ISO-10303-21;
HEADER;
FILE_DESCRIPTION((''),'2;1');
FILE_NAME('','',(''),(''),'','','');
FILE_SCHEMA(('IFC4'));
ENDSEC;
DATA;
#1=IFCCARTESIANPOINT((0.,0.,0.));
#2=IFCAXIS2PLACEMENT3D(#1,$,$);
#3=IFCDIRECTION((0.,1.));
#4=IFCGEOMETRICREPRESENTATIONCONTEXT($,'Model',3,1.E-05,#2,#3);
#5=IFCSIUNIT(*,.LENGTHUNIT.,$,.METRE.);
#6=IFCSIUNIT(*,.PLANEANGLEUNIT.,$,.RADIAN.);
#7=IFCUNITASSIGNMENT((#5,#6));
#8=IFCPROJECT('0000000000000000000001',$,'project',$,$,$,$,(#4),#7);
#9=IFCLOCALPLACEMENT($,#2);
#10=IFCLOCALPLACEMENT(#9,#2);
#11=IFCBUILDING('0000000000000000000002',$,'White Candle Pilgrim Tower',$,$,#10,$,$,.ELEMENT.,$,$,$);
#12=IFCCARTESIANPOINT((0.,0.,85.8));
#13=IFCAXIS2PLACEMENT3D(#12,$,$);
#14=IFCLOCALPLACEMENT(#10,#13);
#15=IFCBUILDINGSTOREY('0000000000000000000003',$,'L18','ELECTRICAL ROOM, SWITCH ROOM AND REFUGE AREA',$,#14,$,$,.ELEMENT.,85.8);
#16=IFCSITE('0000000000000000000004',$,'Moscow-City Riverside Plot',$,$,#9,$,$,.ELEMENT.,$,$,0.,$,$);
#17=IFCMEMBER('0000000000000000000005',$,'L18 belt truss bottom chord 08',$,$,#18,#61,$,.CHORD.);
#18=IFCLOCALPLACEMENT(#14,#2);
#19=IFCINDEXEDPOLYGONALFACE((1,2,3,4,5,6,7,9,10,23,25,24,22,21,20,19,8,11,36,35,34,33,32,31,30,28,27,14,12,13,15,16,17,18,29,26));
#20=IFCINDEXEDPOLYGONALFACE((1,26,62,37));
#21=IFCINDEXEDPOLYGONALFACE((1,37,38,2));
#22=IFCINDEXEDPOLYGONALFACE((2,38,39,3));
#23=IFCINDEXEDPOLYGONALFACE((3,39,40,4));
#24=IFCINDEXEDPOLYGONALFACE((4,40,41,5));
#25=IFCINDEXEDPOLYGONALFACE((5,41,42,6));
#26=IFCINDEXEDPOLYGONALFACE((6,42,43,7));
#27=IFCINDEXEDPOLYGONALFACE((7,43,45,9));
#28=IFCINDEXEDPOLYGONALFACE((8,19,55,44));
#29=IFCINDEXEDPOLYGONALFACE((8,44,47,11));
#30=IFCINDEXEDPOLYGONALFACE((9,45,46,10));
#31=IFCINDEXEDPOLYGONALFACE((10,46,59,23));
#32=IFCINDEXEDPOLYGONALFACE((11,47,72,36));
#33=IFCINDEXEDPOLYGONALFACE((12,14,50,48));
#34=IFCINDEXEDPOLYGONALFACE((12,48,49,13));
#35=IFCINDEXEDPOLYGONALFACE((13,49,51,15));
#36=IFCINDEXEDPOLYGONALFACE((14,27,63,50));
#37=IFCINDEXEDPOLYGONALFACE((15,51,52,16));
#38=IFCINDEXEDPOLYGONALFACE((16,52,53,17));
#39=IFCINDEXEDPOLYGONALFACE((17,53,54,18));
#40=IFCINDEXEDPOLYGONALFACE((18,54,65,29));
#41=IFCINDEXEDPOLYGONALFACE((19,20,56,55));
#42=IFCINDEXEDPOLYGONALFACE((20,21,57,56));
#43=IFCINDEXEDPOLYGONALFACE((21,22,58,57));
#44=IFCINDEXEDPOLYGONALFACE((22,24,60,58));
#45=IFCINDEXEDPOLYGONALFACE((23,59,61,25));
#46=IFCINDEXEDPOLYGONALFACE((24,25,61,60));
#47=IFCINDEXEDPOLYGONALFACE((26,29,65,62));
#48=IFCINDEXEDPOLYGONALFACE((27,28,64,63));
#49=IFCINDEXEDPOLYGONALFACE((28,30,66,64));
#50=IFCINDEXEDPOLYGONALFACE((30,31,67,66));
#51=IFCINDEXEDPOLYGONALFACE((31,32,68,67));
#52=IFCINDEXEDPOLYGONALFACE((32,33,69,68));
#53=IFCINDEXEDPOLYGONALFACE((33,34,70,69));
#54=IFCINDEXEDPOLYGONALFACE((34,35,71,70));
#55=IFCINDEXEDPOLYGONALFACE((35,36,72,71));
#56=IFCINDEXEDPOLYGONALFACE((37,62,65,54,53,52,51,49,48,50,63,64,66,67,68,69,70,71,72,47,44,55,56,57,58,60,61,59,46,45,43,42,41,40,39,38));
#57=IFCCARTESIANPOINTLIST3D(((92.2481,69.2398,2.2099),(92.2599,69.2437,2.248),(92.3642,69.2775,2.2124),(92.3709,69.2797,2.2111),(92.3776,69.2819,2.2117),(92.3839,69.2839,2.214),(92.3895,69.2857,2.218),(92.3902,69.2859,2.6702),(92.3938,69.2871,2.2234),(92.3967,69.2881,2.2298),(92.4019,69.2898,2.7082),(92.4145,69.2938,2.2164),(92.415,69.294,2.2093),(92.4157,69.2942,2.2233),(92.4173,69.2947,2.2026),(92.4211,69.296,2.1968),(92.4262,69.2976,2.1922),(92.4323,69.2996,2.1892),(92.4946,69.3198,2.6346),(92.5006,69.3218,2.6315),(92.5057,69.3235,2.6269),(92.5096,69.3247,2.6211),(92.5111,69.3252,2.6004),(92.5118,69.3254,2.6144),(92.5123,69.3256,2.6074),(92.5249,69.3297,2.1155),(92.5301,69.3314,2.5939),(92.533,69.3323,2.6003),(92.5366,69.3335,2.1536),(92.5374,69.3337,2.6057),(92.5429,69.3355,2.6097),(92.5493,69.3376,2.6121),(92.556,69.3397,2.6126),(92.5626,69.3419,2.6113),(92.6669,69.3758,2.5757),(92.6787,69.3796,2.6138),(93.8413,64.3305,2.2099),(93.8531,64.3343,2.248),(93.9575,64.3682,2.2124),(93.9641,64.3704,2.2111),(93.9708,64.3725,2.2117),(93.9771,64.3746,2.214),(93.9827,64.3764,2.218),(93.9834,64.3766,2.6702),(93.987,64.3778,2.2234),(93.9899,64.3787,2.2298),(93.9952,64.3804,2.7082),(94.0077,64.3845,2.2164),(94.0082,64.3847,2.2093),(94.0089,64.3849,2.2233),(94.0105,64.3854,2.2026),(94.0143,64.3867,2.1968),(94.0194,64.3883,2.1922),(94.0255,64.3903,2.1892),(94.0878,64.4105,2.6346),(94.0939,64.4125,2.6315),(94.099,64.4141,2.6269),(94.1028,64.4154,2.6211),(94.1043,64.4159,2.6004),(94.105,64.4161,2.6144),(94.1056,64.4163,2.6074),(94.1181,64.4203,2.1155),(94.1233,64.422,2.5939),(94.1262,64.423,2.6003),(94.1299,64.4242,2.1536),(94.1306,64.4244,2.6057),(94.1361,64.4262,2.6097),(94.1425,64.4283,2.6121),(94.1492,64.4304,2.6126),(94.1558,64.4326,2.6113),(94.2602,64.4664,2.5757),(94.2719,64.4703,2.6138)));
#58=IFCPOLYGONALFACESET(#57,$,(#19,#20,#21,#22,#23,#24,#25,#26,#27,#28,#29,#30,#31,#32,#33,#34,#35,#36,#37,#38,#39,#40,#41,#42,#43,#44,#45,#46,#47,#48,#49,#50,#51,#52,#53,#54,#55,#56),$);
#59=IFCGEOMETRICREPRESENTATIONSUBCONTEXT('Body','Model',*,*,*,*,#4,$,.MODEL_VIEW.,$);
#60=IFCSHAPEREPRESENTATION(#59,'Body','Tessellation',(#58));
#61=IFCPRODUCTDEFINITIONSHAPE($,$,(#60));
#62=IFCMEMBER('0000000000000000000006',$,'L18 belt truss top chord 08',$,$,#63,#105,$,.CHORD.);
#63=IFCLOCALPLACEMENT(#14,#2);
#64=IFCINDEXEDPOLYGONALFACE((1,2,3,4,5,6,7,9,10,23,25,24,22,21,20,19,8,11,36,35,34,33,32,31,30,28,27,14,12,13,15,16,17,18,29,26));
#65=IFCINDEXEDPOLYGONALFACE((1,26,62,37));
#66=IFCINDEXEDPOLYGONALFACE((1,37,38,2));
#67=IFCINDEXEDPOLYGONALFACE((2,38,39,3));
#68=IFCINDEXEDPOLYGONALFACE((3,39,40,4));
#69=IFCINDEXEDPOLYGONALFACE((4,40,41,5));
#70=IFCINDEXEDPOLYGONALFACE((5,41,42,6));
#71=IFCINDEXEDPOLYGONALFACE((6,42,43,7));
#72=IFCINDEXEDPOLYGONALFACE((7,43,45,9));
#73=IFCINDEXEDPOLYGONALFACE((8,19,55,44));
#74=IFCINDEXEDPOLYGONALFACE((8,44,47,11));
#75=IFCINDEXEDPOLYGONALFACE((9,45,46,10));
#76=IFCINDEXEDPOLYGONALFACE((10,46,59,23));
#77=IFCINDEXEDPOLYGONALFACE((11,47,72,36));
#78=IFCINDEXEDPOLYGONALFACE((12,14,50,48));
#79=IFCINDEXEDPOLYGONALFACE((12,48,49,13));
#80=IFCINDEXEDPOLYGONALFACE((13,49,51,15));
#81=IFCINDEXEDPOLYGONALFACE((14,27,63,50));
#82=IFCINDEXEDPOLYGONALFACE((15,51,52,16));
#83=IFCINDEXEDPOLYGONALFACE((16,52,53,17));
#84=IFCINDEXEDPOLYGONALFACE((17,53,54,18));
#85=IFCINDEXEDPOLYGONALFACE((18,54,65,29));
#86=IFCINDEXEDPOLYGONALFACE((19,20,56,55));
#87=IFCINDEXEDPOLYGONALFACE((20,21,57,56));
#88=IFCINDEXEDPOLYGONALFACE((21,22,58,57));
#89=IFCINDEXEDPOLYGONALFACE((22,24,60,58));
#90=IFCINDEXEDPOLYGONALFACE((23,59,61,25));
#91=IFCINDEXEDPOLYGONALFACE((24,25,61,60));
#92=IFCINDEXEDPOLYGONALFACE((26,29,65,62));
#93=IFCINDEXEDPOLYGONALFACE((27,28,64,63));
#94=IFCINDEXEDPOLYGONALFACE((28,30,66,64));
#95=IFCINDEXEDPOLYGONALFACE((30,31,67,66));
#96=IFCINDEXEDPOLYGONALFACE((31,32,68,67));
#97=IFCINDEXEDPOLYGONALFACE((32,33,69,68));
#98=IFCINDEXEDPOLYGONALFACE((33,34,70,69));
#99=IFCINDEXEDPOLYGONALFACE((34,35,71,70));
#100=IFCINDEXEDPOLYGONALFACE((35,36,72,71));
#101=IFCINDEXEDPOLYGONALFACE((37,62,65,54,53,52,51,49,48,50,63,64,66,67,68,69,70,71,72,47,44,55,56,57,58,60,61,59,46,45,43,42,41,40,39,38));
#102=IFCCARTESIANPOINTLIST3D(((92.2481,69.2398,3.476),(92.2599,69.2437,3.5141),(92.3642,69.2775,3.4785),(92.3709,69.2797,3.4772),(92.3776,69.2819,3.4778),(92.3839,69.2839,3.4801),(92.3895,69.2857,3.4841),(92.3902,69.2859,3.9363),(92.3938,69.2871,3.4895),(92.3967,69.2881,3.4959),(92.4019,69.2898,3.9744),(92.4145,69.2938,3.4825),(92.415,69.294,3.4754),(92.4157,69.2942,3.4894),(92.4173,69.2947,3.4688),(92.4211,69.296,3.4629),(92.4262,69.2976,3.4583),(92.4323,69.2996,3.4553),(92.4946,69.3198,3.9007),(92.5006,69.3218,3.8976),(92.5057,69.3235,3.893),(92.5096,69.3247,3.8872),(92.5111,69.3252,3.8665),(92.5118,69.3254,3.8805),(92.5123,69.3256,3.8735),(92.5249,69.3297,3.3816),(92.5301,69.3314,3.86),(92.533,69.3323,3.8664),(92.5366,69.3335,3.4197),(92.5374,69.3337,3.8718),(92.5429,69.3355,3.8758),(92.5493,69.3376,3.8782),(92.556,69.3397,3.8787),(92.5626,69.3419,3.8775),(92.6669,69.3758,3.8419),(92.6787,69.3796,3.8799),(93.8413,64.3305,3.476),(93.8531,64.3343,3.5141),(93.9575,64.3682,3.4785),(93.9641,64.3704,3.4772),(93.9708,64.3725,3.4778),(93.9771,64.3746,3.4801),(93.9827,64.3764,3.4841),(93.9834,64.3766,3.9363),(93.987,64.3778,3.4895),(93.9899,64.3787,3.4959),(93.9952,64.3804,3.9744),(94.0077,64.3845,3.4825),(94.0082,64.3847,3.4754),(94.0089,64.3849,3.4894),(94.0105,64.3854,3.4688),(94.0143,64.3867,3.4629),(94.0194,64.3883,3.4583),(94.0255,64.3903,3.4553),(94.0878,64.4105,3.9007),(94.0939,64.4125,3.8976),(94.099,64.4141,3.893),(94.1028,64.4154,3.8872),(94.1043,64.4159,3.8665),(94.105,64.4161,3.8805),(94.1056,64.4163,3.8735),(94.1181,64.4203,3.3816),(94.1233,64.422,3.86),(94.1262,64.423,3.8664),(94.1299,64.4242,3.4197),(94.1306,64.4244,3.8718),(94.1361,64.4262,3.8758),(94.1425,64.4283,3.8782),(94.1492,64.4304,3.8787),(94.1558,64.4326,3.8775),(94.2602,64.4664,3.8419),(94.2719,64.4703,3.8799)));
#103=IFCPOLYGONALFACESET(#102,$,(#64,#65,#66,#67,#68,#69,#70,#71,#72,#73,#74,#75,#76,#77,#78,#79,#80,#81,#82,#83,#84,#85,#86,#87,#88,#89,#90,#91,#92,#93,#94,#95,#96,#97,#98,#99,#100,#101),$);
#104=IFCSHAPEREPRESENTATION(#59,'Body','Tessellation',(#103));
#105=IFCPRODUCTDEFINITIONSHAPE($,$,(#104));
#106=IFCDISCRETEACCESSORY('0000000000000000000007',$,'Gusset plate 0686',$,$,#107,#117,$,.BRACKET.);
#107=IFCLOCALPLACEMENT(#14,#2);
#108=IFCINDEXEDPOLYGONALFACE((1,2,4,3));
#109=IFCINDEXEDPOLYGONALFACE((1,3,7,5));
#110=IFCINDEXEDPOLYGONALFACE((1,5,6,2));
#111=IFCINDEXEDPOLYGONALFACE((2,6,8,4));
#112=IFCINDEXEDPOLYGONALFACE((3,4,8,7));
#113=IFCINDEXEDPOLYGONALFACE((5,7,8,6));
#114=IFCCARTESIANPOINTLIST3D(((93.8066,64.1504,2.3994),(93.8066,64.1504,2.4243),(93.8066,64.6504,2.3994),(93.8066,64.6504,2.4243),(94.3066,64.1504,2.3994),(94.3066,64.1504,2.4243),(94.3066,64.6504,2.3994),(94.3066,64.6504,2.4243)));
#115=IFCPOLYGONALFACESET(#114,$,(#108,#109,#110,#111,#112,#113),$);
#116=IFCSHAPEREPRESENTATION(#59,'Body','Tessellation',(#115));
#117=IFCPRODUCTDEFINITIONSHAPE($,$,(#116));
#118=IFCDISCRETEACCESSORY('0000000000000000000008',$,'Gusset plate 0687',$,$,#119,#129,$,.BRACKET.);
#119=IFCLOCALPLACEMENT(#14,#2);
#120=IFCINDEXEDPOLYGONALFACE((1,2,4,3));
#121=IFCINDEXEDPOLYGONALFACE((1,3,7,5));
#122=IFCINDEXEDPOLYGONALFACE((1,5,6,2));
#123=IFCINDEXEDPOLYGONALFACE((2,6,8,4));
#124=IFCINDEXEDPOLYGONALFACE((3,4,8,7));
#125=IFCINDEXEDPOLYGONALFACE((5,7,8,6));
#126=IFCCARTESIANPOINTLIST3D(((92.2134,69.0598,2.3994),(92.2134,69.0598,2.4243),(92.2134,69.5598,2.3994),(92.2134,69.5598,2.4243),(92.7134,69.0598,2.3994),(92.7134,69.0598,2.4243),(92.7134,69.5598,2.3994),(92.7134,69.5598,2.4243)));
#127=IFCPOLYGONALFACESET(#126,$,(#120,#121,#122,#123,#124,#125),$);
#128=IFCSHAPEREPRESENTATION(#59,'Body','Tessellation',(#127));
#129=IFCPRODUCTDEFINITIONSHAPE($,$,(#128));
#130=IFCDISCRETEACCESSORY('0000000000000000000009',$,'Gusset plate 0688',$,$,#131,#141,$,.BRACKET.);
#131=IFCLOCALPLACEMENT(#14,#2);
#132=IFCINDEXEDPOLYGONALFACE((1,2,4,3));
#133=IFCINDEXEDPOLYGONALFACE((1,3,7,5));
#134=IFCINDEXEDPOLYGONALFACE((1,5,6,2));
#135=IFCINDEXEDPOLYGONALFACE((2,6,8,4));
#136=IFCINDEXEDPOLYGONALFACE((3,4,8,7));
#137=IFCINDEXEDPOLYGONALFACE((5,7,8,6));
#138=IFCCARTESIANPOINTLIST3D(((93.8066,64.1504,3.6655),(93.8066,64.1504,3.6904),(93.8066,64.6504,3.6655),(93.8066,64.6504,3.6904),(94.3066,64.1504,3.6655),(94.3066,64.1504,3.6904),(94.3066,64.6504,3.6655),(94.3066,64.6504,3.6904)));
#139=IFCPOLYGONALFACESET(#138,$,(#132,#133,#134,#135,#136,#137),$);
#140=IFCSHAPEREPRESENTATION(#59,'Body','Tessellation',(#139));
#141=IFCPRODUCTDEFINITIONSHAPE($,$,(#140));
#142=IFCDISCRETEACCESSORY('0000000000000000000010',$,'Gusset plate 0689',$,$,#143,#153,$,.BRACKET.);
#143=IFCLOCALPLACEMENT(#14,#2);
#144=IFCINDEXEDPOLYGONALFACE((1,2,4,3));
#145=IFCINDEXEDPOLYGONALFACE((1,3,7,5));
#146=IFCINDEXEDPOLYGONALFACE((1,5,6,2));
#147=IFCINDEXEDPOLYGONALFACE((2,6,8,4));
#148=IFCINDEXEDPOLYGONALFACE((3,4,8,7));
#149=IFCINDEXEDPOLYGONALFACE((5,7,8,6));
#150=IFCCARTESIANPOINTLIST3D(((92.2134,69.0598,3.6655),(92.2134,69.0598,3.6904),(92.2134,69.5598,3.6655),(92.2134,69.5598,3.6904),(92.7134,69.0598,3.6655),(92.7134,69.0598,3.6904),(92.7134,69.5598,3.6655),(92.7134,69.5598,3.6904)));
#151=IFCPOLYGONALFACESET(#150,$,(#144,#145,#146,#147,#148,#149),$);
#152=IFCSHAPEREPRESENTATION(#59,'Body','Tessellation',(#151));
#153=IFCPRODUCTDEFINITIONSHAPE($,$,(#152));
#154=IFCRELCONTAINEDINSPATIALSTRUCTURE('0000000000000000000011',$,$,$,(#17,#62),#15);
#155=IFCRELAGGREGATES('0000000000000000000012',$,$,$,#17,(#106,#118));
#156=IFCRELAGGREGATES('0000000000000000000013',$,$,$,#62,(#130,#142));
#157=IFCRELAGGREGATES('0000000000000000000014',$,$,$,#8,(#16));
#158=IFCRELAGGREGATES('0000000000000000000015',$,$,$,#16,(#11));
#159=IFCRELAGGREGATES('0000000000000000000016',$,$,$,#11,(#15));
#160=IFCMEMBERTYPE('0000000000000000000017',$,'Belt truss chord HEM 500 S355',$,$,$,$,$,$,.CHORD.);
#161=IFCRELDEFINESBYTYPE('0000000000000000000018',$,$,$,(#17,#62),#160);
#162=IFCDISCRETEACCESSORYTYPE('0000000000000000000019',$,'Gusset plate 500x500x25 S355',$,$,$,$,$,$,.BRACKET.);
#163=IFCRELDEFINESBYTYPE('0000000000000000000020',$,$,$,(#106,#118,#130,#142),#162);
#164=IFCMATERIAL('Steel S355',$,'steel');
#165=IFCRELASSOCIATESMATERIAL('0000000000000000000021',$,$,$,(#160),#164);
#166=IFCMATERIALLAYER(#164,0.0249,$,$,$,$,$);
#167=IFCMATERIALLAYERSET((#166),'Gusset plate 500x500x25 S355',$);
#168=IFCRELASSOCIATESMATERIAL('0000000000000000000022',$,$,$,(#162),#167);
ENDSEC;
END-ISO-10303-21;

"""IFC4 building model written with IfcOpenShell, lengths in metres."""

from ifc_helpers import new_model, si_unit, direction, frame, origin, origin_2d, place, context, subcontext, project, spatial, rectangle, i_section, extrude, material, layer, layer_set, material_profile, profile_set, type_object, element, aggregate, save


model = new_model("IFC4")

# Units and contexts
model_context = context("Model", 3, precision=1e-05, world=origin(), true_north=direction((0.0, 1.0)))
body_context = subcontext(model_context, "Body", "Model", "MODEL_VIEW")
ifc_project = project(units=[si_unit("LENGTHUNIT", "METRE"), si_unit("PLANEANGLEUNIT", "RADIAN")], contexts=[model_context])

# Site, building, storey
site_placement = place(None, origin())
site = spatial("IfcSite", under=ifc_project, at=site_placement, Name="Moscow-City Riverside Plot", CompositionType="ELEMENT", RefElevation=0.0)
building_placement = place(site_placement, origin())
building = spatial("IfcBuilding", under=site, at=building_placement, Name="White Candle Pilgrim Tower", CompositionType="ELEMENT")
storey_placement = place(building_placement, frame((0.0, 0.0, 85.8)))
storey = spatial("IfcBuildingStorey", under=building, at=storey_placement, Name="L18", Description="ELECTRICAL ROOM, SWITCH ROOM AND REFUGE AREA", CompositionType="ELEMENT", Elevation=85.8)

# Members
ifc_material_1 = material(Name="Steel S355", Category="steel")
ifc_material_profile_1 = material_profile(ifc_material_1, i_section(OverallWidth=0.3059, OverallDepth=0.5239, WebThickness=0.021, FlangeThickness=0.04, FilletRadius=0.0271, at=origin_2d()), Name="HEM 500")
ifc_profile_set_1 = profile_set([ifc_material_profile_1], Name="Steel S355")
member_type_1 = type_object("IfcMemberType", Name="Belt truss chord HEM 500 S355", PredefinedType="CHORD", material=ifc_profile_set_1)
member_1_placement = place(storey_placement, frame((94.0566, 64.4004, 2.4119), z_axis=(-0.308683, 0.951165, 0.0), x_axis=(0.904718, 0.293609, -0.308673)))
member_1 = element("IfcMember", 1, at=member_1_placement, inside=storey, type_object=member_type_1, Name="L18 belt truss bottom chord 08", PredefinedType="CHORD", context=body_context, shape_type="SweptSolid", body=[
    extrude(i_section(OverallWidth=0.3059, OverallDepth=0.5239, WebThickness=0.021, FlangeThickness=0.04, FilletRadius=0.0271, at=origin_2d()), origin(), (0.0, 0.0, 1.0), 5.1614),
])
member_2_placement = place(storey_placement, frame((94.0566, 64.4004, 3.678), z_axis=(-0.308683, 0.951165, 0.0), x_axis=(0.904718, 0.293609, -0.308673)))
member_2 = element("IfcMember", 2, at=member_2_placement, inside=storey, type_object=member_type_1, Name="L18 belt truss top chord 08", PredefinedType="CHORD", context=body_context, shape_type="SweptSolid", body=[
    extrude(i_section(OverallWidth=0.3059, OverallDepth=0.5239, WebThickness=0.021, FlangeThickness=0.04, FilletRadius=0.0271, at=origin_2d()), origin(), (0.0, 0.0, 1.0), 5.1614),
])

# Discrete accessories
ifc_layer_1 = layer(ifc_material_1, 0.0249)
ifc_layer_set_1 = layer_set([ifc_layer_1], Name="Gusset plate 500x500x25 S355")
discrete_accessory_type = type_object("IfcDiscreteAccessoryType", Name="Gusset plate 500x500x25 S355", PredefinedType="BRACKET", material=ifc_layer_set_1)
discrete_accessory_1_placement = place(storey_placement, frame((94.0566, 64.4004, 2.3994), z_axis=(0.0, 0.0, 1.0), x_axis=(1.0, 0.0, 0.0)))
discrete_accessory_1 = element("IfcDiscreteAccessory", 3, at=discrete_accessory_1_placement, type_object=discrete_accessory_type, Name="Gusset plate 0686", PredefinedType="BRACKET", context=body_context, shape_type="SweptSolid", body=[
    extrude(rectangle(XDim=0.5, YDim=0.5, at=origin_2d()), origin(), (0.0, 0.0, 1.0), 0.0249),
])
discrete_accessory_2_placement = place(storey_placement, frame((92.4634, 69.3098, 2.3994), z_axis=(0.0, 0.0, 1.0), x_axis=(1.0, 0.0, 0.0)))
discrete_accessory_2 = element("IfcDiscreteAccessory", 4, at=discrete_accessory_2_placement, type_object=discrete_accessory_type, Name="Gusset plate 0687", PredefinedType="BRACKET", context=body_context, shape_type="SweptSolid", body=[
    extrude(rectangle(XDim=0.5, YDim=0.5, at=origin_2d()), origin(), (0.0, 0.0, 1.0), 0.0249),
])
aggregate(member_1, [discrete_accessory_1, discrete_accessory_2])
discrete_accessory_3_placement = place(storey_placement, frame((94.0566, 64.4004, 3.6655), z_axis=(0.0, 0.0, 1.0), x_axis=(1.0, 0.0, 0.0)))
discrete_accessory_3 = element("IfcDiscreteAccessory", 5, at=discrete_accessory_3_placement, type_object=discrete_accessory_type, Name="Gusset plate 0688", PredefinedType="BRACKET", context=body_context, shape_type="SweptSolid", body=[
    extrude(rectangle(XDim=0.5, YDim=0.5, at=origin_2d()), origin(), (0.0, 0.0, 1.0), 0.0249),
])
discrete_accessory_4_placement = place(storey_placement, frame((92.4634, 69.3098, 3.6655), z_axis=(0.0, 0.0, 1.0), x_axis=(1.0, 0.0, 0.0)))
discrete_accessory_4 = element("IfcDiscreteAccessory", 6, at=discrete_accessory_4_placement, type_object=discrete_accessory_type, Name="Gusset plate 0689", PredefinedType="BRACKET", context=body_context, shape_type="SweptSolid", body=[
    extrude(rectangle(XDim=0.5, YDim=0.5, at=origin_2d()), origin(), (0.0, 0.0, 1.0), 0.0249),
])
aggregate(member_2, [discrete_accessory_3, discrete_accessory_4])

save(model, "model.ifc")
